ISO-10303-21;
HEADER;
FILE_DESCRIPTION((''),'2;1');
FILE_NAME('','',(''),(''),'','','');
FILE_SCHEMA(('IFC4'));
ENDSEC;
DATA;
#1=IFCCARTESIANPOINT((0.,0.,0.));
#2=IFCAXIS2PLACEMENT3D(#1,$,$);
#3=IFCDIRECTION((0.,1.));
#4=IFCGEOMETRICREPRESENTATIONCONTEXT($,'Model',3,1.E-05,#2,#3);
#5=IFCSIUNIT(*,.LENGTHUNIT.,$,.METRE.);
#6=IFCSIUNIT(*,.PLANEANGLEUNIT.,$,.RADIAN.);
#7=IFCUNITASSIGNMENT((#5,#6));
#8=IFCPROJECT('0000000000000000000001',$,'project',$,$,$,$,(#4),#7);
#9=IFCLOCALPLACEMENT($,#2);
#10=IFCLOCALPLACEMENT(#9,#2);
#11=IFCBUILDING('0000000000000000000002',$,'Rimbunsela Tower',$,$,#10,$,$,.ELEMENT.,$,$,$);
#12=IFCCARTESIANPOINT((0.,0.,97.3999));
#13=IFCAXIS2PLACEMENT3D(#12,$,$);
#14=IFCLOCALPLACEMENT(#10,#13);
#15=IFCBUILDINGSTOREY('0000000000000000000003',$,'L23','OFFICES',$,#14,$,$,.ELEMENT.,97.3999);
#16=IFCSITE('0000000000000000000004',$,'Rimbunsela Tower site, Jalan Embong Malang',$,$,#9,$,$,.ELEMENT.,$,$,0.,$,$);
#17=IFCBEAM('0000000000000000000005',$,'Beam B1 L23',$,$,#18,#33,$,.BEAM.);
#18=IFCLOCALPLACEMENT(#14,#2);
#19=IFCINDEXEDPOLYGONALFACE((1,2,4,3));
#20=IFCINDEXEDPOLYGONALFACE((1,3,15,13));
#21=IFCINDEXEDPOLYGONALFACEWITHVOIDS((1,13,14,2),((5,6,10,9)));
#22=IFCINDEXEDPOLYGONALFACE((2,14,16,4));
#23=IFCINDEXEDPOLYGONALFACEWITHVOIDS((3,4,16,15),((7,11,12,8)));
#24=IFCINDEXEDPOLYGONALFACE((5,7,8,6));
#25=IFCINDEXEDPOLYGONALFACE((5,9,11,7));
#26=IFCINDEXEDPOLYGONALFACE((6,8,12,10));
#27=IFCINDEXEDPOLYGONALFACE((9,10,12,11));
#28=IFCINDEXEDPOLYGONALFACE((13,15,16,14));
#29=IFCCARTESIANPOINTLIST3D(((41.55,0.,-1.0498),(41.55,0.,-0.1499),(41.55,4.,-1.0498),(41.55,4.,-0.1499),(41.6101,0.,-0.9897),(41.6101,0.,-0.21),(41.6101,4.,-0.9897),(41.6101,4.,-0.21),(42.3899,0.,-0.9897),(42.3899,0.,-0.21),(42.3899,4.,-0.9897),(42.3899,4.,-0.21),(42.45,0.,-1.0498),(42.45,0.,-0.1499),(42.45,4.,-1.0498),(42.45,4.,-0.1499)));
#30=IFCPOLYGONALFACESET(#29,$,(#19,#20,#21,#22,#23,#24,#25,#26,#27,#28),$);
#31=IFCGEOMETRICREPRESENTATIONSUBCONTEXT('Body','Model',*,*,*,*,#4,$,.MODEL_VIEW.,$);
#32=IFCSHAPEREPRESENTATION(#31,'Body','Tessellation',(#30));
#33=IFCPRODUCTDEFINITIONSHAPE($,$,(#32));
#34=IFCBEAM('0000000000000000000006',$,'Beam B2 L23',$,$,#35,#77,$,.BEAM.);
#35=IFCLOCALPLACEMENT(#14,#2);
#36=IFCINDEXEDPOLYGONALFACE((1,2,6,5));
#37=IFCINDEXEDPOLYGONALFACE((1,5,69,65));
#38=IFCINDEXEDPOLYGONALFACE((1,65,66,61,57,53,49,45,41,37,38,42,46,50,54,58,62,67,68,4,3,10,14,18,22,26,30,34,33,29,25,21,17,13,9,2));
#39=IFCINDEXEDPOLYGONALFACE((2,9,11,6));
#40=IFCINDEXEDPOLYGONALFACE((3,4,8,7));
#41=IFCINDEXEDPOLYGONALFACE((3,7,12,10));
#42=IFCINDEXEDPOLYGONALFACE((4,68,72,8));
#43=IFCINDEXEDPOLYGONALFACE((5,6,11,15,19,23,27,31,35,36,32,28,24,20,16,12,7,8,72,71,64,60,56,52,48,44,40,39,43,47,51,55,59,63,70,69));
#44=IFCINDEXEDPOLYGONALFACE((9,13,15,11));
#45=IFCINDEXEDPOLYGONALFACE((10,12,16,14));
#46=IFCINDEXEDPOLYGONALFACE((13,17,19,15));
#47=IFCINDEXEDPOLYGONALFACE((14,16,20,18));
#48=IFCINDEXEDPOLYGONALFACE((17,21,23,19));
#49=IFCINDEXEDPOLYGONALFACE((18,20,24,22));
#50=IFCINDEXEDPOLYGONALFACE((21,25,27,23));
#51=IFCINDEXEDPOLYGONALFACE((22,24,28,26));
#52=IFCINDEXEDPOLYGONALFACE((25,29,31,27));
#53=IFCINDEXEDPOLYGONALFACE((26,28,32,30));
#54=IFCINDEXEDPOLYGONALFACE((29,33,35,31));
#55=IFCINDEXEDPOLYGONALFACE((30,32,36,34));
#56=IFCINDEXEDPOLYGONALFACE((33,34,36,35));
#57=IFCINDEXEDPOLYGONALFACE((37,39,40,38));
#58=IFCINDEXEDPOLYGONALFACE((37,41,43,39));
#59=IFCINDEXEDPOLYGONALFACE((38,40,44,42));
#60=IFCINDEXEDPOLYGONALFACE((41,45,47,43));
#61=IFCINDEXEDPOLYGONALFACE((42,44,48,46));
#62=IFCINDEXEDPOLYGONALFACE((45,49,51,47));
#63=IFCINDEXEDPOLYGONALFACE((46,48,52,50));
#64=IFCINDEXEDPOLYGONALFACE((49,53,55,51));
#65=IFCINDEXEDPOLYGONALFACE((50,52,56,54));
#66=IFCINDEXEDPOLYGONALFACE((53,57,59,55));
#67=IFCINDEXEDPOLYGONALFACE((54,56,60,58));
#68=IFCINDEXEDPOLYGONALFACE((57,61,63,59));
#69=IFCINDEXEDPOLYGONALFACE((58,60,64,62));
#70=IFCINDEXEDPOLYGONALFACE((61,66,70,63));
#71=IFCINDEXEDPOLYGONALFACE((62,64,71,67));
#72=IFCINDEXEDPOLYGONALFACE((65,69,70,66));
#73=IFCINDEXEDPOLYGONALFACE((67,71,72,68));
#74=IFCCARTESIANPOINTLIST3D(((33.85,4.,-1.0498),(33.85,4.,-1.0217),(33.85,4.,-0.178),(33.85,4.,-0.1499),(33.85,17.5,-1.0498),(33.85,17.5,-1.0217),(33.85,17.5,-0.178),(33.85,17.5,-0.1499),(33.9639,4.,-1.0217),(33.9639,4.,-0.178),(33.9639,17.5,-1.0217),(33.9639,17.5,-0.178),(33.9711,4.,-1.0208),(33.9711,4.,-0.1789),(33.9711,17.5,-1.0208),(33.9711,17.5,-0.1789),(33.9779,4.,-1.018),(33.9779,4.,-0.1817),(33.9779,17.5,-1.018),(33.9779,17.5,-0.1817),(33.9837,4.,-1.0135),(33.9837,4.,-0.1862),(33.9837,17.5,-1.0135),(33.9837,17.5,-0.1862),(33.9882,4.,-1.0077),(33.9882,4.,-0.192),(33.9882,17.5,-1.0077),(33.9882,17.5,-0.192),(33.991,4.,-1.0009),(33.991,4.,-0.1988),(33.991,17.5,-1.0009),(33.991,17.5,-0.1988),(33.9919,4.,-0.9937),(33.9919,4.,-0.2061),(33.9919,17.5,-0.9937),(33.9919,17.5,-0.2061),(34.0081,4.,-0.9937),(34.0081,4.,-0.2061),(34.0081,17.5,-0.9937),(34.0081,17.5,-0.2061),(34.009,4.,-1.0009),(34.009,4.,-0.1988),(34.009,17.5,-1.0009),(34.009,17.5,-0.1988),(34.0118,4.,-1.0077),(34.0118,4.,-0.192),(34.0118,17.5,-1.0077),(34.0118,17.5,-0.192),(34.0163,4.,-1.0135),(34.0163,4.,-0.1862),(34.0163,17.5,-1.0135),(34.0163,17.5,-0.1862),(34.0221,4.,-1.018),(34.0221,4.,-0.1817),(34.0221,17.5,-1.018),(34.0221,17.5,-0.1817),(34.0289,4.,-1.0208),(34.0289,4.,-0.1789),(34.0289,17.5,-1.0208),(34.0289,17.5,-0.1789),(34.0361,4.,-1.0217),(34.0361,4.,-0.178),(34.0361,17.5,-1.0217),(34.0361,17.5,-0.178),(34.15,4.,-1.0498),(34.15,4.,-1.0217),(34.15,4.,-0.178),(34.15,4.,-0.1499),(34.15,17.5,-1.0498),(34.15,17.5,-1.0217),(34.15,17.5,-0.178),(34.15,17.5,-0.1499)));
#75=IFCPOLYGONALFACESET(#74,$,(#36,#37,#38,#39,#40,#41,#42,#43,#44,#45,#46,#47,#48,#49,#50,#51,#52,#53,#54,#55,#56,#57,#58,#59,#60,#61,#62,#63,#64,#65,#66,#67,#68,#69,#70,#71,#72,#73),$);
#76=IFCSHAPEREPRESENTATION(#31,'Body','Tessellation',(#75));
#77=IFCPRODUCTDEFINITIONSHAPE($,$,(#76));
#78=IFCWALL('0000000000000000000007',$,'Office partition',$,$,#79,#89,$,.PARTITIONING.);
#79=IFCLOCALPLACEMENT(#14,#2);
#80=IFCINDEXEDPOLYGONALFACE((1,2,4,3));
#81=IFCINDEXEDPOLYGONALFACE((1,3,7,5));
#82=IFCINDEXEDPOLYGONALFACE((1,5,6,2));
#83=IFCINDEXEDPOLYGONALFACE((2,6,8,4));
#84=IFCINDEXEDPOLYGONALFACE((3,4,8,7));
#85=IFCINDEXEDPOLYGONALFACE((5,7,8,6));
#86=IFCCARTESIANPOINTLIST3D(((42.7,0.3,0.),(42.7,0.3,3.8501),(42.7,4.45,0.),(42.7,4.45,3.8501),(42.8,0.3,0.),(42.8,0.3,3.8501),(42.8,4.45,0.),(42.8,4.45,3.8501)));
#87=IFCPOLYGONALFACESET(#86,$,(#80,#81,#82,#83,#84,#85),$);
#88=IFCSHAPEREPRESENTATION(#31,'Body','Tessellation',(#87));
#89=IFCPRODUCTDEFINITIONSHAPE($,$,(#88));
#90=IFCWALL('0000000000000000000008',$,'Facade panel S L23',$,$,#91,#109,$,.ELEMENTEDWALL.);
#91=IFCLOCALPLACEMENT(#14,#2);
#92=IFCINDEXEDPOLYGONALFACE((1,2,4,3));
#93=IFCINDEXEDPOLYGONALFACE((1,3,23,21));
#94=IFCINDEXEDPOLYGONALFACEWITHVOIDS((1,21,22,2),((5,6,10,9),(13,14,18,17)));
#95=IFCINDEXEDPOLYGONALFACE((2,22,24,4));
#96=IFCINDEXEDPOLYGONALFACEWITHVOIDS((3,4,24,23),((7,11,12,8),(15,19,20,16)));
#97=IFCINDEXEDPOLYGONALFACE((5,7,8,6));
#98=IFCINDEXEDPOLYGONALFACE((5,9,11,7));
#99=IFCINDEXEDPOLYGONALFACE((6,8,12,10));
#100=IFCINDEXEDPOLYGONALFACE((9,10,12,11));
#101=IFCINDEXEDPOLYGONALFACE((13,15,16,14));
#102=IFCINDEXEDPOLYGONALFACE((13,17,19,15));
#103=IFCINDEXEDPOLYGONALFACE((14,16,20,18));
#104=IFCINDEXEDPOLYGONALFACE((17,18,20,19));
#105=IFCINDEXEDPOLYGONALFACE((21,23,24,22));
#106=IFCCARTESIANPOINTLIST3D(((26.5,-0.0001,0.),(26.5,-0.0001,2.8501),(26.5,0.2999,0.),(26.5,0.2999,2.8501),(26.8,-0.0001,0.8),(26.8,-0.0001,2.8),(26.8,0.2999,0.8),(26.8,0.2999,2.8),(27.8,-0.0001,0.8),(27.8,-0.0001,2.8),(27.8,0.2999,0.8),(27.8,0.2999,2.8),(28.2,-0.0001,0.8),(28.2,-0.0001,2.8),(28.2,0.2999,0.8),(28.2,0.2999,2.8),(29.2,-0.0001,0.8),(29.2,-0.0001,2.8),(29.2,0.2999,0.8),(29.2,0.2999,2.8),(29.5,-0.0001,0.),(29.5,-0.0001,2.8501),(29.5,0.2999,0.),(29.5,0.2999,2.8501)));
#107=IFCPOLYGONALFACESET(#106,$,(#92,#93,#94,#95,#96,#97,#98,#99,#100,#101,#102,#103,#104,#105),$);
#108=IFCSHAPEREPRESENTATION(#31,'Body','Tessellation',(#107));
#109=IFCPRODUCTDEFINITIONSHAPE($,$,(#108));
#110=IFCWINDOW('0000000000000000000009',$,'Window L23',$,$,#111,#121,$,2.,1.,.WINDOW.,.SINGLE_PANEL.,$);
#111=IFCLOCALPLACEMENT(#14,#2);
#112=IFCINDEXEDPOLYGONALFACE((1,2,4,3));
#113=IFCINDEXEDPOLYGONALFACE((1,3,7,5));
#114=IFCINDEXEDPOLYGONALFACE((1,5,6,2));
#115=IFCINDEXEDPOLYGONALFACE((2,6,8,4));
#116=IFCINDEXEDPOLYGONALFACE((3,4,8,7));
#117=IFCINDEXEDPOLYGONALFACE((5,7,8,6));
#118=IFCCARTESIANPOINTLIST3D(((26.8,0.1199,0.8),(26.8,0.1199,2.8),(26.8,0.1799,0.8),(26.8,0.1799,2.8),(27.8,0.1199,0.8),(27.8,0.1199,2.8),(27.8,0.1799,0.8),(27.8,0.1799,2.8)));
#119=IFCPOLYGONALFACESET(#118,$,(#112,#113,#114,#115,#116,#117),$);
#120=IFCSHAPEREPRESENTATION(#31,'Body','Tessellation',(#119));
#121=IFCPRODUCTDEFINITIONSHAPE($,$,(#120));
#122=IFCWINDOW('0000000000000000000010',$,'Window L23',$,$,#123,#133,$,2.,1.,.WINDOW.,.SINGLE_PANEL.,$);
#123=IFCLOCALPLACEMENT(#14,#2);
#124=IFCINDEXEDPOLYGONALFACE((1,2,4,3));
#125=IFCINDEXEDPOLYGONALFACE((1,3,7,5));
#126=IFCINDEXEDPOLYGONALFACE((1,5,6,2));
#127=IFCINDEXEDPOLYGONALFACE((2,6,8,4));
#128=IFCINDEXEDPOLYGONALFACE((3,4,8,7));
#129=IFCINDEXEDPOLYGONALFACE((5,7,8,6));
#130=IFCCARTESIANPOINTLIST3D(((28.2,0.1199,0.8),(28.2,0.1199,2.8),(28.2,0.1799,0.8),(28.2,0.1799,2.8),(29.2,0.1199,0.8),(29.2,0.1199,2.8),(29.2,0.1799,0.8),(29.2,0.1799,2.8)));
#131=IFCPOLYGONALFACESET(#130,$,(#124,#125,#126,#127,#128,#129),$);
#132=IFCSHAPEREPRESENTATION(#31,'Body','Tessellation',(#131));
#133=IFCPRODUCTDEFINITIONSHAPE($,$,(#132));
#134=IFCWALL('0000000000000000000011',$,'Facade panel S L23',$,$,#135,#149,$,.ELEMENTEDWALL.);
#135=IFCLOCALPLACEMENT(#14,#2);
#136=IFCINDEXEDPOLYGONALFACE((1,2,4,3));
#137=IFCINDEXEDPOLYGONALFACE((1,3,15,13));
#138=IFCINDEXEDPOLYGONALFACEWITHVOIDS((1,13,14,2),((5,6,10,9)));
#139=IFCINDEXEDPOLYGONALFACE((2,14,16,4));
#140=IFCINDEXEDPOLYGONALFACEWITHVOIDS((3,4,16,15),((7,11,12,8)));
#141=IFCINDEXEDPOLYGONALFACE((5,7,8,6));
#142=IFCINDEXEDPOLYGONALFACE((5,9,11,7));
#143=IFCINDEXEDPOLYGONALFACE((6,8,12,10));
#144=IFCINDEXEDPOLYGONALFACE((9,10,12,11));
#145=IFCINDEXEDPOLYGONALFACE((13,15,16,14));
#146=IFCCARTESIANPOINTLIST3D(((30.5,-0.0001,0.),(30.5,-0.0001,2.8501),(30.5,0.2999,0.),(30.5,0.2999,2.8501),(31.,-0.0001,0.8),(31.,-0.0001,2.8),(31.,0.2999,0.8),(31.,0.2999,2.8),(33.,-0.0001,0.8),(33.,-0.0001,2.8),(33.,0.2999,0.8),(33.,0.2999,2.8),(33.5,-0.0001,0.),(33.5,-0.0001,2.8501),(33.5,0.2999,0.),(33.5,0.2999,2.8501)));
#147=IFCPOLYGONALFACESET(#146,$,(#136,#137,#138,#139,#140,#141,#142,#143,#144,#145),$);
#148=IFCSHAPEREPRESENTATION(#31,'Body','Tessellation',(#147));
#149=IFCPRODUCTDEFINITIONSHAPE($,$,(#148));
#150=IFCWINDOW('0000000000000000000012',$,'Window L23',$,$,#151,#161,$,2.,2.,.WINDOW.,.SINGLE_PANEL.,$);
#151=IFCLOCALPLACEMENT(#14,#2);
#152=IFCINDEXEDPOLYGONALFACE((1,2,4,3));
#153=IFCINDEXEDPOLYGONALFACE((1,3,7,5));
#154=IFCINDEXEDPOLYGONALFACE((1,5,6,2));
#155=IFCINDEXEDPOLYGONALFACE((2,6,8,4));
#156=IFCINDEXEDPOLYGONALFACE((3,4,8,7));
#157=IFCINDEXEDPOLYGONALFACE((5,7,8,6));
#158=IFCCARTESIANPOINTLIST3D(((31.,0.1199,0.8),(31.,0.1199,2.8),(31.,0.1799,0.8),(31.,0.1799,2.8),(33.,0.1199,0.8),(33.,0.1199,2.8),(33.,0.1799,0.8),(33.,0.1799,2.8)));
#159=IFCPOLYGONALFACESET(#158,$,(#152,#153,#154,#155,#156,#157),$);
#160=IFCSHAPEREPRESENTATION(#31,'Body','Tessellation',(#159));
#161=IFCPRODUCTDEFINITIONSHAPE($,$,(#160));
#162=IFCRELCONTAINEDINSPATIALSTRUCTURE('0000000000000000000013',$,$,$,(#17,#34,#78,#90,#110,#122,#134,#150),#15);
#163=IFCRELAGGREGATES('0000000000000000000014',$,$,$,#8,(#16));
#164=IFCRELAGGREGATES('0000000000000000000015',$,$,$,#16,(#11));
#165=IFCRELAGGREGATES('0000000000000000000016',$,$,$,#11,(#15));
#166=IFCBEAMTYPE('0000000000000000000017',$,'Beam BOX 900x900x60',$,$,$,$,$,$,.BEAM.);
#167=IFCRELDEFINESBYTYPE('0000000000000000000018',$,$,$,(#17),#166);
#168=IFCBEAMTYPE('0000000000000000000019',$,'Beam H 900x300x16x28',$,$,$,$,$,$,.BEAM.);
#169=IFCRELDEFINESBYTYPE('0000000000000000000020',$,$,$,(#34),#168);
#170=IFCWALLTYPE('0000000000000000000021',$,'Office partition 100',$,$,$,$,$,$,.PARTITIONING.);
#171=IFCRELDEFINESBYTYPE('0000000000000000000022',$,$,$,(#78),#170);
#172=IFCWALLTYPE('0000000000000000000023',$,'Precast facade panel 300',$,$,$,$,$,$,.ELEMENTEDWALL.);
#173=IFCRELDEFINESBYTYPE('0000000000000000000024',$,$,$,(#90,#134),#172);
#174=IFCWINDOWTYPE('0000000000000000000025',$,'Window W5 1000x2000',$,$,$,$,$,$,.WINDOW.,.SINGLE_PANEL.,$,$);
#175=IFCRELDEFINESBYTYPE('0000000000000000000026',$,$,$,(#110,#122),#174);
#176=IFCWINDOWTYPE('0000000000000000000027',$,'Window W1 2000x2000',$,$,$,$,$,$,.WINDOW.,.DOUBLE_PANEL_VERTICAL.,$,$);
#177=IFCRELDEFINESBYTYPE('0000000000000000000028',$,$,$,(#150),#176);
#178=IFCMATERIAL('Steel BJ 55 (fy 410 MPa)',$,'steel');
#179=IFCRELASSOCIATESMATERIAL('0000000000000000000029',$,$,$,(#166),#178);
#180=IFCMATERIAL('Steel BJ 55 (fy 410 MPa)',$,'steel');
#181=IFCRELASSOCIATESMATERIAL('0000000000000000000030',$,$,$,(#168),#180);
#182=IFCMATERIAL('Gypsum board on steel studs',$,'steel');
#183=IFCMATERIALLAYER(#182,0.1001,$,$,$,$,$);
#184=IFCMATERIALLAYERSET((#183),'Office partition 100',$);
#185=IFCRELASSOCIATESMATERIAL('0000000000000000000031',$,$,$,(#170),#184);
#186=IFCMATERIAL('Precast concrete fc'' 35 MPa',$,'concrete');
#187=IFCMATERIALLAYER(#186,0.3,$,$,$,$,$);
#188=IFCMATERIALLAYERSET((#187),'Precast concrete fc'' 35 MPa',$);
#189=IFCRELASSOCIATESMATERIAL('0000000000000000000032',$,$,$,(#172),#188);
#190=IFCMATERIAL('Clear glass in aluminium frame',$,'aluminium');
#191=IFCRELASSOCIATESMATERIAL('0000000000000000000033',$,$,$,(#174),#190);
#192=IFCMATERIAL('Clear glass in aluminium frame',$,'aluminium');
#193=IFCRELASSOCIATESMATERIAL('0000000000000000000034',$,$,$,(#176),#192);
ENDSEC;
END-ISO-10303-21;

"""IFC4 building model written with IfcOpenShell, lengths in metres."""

from ifc_helpers import new_model, si_unit, direction, frame, frame_2d, origin, origin_2d, place, context, subcontext, project, spatial, rectangle, hollow_rectangle, i_section, extrude, material, layer, layer_set, material_profile, profile_set, type_object, element, fill, save


model = new_model("IFC4")

# Units and contexts
model_context = context("Model", 3, precision=1e-05, world=origin(), true_north=direction((0.0, 1.0)))
body_context = subcontext(model_context, "Body", "Model", "MODEL_VIEW")
ifc_project = project(units=[si_unit("LENGTHUNIT", "METRE"), si_unit("PLANEANGLEUNIT", "RADIAN")], contexts=[model_context])

# Site, building, storey
site_placement = place(None, origin())
site = spatial("IfcSite", under=ifc_project, at=site_placement, Name="Rimbunsela Tower site, Jalan Embong Malang", CompositionType="ELEMENT", RefElevation=0.0)
building_placement = place(site_placement, origin())
building = spatial("IfcBuilding", under=site, at=building_placement, Name="Rimbunsela Tower", CompositionType="ELEMENT")
storey_placement = place(building_placement, frame((0.0, 0.0, 97.3999)))
storey = spatial("IfcBuildingStorey", under=building, at=storey_placement, Name="L23", Description="OFFICES", CompositionType="ELEMENT", Elevation=97.3999)

# Beams
ifc_material_1 = material(Name="Steel BJ 55 (fy 410 MPa)", Category="steel")
ifc_material_profile_1 = material_profile(ifc_material_1, hollow_rectangle(XDim=0.8999, YDim=0.8999, WallThickness=0.0601, at=origin_2d()), Name="BOX 900x900x60")
ifc_profile_set_1 = profile_set([ifc_material_profile_1], Name="Steel BJ 55 (fy 410 MPa)")
beam_type_1 = type_object("IfcBeamType", Name="Beam BOX 900x900x60", PredefinedType="BEAM", material=ifc_profile_set_1)
beam_1_placement = place(storey_placement, frame((42.0, 0.0, -0.5999), z_axis=(0.0, 1.0, 0.0), x_axis=(-1.0, 0.0, 0.0)))
element("IfcBeam", 1, at=beam_1_placement, inside=storey, type_object=beam_type_1, Name="Beam B1 L23", PredefinedType="BEAM", context=body_context, shape_type="SweptSolid", body=[
    extrude(hollow_rectangle(XDim=0.8999, YDim=0.8999, WallThickness=0.0601, at=origin_2d()), origin(), (0.0, 0.0, 1.0), 4.0),
])
ifc_material_2 = material(Name="Steel BJ 55 (fy 410 MPa)", Category="steel")
ifc_material_profile_2 = material_profile(ifc_material_2, i_section(OverallWidth=0.3, OverallDepth=0.8999, WebThickness=0.0161, FlangeThickness=0.0281, FilletRadius=0.0281, at=origin_2d()), Name="H 900x300x16x28")
ifc_profile_set_2 = profile_set([ifc_material_profile_2], Name="Steel BJ 55 (fy 410 MPa)")
beam_type_2 = type_object("IfcBeamType", Name="Beam H 900x300x16x28", PredefinedType="BEAM", material=ifc_profile_set_2)
beam_2_placement = place(storey_placement, frame((34.0, 4.0, -0.5999), z_axis=(0.0, 1.0, 0.0), x_axis=(-1.0, 0.0, 0.0)))
element("IfcBeam", 2, at=beam_2_placement, inside=storey, type_object=beam_type_2, Name="Beam B2 L23", PredefinedType="BEAM", context=body_context, shape_type="SweptSolid", body=[
    extrude(i_section(OverallWidth=0.3, OverallDepth=0.8999, WebThickness=0.0161, FlangeThickness=0.0281, FilletRadius=0.0281, at=origin_2d()), origin(), (0.0, 0.0, 1.0), 13.5),
])

# Wall
ifc_material_3 = material(Name="Gypsum board on steel studs", Category="steel")
ifc_layer_1 = layer(ifc_material_3, 0.1001)
ifc_layer_set_1 = layer_set([ifc_layer_1], Name="Office partition 100")
wall_type_1 = type_object("IfcWallType", Name="Office partition 100", PredefinedType="PARTITIONING", material=ifc_layer_set_1)
wall_1_placement = place(storey_placement, frame((42.75, 0.3, 0.0), z_axis=(0.0, 0.0, 1.0), x_axis=(0.0, 1.0, 0.0)))
element("IfcWall", 3, at=wall_1_placement, inside=storey, type_object=wall_type_1, Name="Office partition", PredefinedType="PARTITIONING", context=body_context, shape_type="SweptSolid", body=[
    extrude(rectangle(XDim=4.1499, YDim=0.1001, at=frame_2d((2.075, 0.0))), origin(), (0.0, 0.0, 1.0), 3.8501),
])

# Wall, openings, windows
ifc_material_4 = material(Name="Precast concrete fc' 35 MPa", Category="concrete")
ifc_layer_2 = layer(ifc_material_4, 0.3)
ifc_layer_set_2 = layer_set([ifc_layer_2], Name="Precast concrete fc' 35 MPa")
wall_type_2 = type_object("IfcWallType", Name="Precast facade panel 300", PredefinedType="ELEMENTEDWALL", material=ifc_layer_set_2)
wall_2_placement = place(storey_placement, frame((26.5, 0.1499, 0.0), z_axis=(0.0, 0.0, 1.0), x_axis=(1.0, 0.0, 0.0)))
wall_2 = element("IfcWall", 4, at=wall_2_placement, inside=storey, type_object=wall_type_2, Name="Facade panel S L23", PredefinedType="ELEMENTEDWALL", context=body_context, shape_type="SweptSolid", body=[
    extrude(rectangle(XDim=3.0, YDim=0.3, at=frame_2d((1.5, 0.0))), origin(), (0.0, 0.0, 1.0), 2.8501),
])
opening_1_placement = place(wall_2_placement, frame((0.3, 0.0, 0.8)))
opening_1 = element("IfcOpeningElement", 5, at=opening_1_placement, cuts=wall_2, PredefinedType="OPENING", context=body_context, shape_type="SweptSolid", body=[
    extrude(rectangle(XDim=1.0, YDim=2.0, at=frame_2d((0.5, 1.0))), frame((0.0, 0.1599, 0.0), z_axis=(0.0, -1.0, 0.0), x_axis=(1.0, 0.0, 0.0)), (0.0, 0.0, 1.0), 0.3201),
])
opening_2_placement = place(wall_2_placement, frame((1.7, 0.0, 0.8)))
opening_2 = element("IfcOpeningElement", 6, at=opening_2_placement, cuts=wall_2, PredefinedType="OPENING", context=body_context, shape_type="SweptSolid", body=[
    extrude(rectangle(XDim=1.0, YDim=2.0, at=frame_2d((0.5, 1.0))), frame((0.0, 0.1599, 0.0), z_axis=(0.0, -1.0, 0.0), x_axis=(1.0, 0.0, 0.0)), (0.0, 0.0, 1.0), 0.3201),
])
ifc_material_5 = material(Name="Clear glass in aluminium frame", Category="aluminium")
window_type_1 = type_object("IfcWindowType", Name="Window W5 1000x2000", PartitioningType="SINGLE_PANEL", PredefinedType="WINDOW", material=ifc_material_5)
window_1_placement = place(opening_1_placement, origin())
window_1 = element("IfcWindow", 7, at=window_1_placement, inside=storey, type_object=window_type_1, Name="Window L23", OverallHeight=2.0, OverallWidth=1.0, PartitioningType="SINGLE_PANEL", PredefinedType="WINDOW", context=body_context, shape_type="SweptSolid", body=[
    extrude(rectangle(XDim=1.0, YDim=2.0, at=frame_2d((0.5, 1.0))), frame((0.0, 0.03, 0.0), z_axis=(0.0, -1.0, 0.0), x_axis=(1.0, 0.0, 0.0)), (0.0, 0.0, 1.0), 0.0601),
])
fill(opening_1, window_1)
window_2_placement = place(opening_2_placement, origin())
window_2 = element("IfcWindow", 8, at=window_2_placement, inside=storey, type_object=window_type_1, Name="Window L23", OverallHeight=2.0, OverallWidth=1.0, PartitioningType="SINGLE_PANEL", PredefinedType="WINDOW", context=body_context, shape_type="SweptSolid", body=[
    extrude(rectangle(XDim=1.0, YDim=2.0, at=frame_2d((0.5, 1.0))), frame((0.0, 0.03, 0.0), z_axis=(0.0, -1.0, 0.0), x_axis=(1.0, 0.0, 0.0)), (0.0, 0.0, 1.0), 0.0601),
])
fill(opening_2, window_2)

# Wall, opening, window
wall_3_placement = place(storey_placement, frame((30.5, 0.1499, 0.0), z_axis=(0.0, 0.0, 1.0), x_axis=(1.0, 0.0, 0.0)))
wall_3 = element("IfcWall", 9, at=wall_3_placement, inside=storey, type_object=wall_type_2, Name="Facade panel S L23", PredefinedType="ELEMENTEDWALL", context=body_context, shape_type="SweptSolid", body=[
    extrude(rectangle(XDim=3.0, YDim=0.3, at=frame_2d((1.5, 0.0))), origin(), (0.0, 0.0, 1.0), 2.8501),
])
opening_3_placement = place(wall_3_placement, frame((0.5, 0.0, 0.8)))
opening_3 = element("IfcOpeningElement", 10, at=opening_3_placement, cuts=wall_3, PredefinedType="OPENING", context=body_context, shape_type="SweptSolid", body=[
    extrude(rectangle(XDim=2.0, YDim=2.0, at=frame_2d((1.0, 1.0))), frame((0.0, 0.1599, 0.0), z_axis=(0.0, -1.0, 0.0), x_axis=(1.0, 0.0, 0.0)), (0.0, 0.0, 1.0), 0.3201),
])
ifc_material_6 = material(Name="Clear glass in aluminium frame", Category="aluminium")
window_type_2 = type_object("IfcWindowType", Name="Window W1 2000x2000", PartitioningType="DOUBLE_PANEL_VERTICAL", PredefinedType="WINDOW", material=ifc_material_6)
window_3_placement = place(opening_3_placement, origin())
window_3 = element("IfcWindow", 11, at=window_3_placement, inside=storey, type_object=window_type_2, Name="Window L23", OverallHeight=2.0, OverallWidth=2.0, PartitioningType="SINGLE_PANEL", PredefinedType="WINDOW", context=body_context, shape_type="SweptSolid", body=[
    extrude(rectangle(XDim=2.0, YDim=2.0, at=frame_2d((1.0, 1.0))), frame((0.0, 0.03, 0.0), z_axis=(0.0, -1.0, 0.0), x_axis=(1.0, 0.0, 0.0)), (0.0, 0.0, 1.0), 0.0601),
])
fill(opening_3, window_3)

save(model, "model.ifc")
